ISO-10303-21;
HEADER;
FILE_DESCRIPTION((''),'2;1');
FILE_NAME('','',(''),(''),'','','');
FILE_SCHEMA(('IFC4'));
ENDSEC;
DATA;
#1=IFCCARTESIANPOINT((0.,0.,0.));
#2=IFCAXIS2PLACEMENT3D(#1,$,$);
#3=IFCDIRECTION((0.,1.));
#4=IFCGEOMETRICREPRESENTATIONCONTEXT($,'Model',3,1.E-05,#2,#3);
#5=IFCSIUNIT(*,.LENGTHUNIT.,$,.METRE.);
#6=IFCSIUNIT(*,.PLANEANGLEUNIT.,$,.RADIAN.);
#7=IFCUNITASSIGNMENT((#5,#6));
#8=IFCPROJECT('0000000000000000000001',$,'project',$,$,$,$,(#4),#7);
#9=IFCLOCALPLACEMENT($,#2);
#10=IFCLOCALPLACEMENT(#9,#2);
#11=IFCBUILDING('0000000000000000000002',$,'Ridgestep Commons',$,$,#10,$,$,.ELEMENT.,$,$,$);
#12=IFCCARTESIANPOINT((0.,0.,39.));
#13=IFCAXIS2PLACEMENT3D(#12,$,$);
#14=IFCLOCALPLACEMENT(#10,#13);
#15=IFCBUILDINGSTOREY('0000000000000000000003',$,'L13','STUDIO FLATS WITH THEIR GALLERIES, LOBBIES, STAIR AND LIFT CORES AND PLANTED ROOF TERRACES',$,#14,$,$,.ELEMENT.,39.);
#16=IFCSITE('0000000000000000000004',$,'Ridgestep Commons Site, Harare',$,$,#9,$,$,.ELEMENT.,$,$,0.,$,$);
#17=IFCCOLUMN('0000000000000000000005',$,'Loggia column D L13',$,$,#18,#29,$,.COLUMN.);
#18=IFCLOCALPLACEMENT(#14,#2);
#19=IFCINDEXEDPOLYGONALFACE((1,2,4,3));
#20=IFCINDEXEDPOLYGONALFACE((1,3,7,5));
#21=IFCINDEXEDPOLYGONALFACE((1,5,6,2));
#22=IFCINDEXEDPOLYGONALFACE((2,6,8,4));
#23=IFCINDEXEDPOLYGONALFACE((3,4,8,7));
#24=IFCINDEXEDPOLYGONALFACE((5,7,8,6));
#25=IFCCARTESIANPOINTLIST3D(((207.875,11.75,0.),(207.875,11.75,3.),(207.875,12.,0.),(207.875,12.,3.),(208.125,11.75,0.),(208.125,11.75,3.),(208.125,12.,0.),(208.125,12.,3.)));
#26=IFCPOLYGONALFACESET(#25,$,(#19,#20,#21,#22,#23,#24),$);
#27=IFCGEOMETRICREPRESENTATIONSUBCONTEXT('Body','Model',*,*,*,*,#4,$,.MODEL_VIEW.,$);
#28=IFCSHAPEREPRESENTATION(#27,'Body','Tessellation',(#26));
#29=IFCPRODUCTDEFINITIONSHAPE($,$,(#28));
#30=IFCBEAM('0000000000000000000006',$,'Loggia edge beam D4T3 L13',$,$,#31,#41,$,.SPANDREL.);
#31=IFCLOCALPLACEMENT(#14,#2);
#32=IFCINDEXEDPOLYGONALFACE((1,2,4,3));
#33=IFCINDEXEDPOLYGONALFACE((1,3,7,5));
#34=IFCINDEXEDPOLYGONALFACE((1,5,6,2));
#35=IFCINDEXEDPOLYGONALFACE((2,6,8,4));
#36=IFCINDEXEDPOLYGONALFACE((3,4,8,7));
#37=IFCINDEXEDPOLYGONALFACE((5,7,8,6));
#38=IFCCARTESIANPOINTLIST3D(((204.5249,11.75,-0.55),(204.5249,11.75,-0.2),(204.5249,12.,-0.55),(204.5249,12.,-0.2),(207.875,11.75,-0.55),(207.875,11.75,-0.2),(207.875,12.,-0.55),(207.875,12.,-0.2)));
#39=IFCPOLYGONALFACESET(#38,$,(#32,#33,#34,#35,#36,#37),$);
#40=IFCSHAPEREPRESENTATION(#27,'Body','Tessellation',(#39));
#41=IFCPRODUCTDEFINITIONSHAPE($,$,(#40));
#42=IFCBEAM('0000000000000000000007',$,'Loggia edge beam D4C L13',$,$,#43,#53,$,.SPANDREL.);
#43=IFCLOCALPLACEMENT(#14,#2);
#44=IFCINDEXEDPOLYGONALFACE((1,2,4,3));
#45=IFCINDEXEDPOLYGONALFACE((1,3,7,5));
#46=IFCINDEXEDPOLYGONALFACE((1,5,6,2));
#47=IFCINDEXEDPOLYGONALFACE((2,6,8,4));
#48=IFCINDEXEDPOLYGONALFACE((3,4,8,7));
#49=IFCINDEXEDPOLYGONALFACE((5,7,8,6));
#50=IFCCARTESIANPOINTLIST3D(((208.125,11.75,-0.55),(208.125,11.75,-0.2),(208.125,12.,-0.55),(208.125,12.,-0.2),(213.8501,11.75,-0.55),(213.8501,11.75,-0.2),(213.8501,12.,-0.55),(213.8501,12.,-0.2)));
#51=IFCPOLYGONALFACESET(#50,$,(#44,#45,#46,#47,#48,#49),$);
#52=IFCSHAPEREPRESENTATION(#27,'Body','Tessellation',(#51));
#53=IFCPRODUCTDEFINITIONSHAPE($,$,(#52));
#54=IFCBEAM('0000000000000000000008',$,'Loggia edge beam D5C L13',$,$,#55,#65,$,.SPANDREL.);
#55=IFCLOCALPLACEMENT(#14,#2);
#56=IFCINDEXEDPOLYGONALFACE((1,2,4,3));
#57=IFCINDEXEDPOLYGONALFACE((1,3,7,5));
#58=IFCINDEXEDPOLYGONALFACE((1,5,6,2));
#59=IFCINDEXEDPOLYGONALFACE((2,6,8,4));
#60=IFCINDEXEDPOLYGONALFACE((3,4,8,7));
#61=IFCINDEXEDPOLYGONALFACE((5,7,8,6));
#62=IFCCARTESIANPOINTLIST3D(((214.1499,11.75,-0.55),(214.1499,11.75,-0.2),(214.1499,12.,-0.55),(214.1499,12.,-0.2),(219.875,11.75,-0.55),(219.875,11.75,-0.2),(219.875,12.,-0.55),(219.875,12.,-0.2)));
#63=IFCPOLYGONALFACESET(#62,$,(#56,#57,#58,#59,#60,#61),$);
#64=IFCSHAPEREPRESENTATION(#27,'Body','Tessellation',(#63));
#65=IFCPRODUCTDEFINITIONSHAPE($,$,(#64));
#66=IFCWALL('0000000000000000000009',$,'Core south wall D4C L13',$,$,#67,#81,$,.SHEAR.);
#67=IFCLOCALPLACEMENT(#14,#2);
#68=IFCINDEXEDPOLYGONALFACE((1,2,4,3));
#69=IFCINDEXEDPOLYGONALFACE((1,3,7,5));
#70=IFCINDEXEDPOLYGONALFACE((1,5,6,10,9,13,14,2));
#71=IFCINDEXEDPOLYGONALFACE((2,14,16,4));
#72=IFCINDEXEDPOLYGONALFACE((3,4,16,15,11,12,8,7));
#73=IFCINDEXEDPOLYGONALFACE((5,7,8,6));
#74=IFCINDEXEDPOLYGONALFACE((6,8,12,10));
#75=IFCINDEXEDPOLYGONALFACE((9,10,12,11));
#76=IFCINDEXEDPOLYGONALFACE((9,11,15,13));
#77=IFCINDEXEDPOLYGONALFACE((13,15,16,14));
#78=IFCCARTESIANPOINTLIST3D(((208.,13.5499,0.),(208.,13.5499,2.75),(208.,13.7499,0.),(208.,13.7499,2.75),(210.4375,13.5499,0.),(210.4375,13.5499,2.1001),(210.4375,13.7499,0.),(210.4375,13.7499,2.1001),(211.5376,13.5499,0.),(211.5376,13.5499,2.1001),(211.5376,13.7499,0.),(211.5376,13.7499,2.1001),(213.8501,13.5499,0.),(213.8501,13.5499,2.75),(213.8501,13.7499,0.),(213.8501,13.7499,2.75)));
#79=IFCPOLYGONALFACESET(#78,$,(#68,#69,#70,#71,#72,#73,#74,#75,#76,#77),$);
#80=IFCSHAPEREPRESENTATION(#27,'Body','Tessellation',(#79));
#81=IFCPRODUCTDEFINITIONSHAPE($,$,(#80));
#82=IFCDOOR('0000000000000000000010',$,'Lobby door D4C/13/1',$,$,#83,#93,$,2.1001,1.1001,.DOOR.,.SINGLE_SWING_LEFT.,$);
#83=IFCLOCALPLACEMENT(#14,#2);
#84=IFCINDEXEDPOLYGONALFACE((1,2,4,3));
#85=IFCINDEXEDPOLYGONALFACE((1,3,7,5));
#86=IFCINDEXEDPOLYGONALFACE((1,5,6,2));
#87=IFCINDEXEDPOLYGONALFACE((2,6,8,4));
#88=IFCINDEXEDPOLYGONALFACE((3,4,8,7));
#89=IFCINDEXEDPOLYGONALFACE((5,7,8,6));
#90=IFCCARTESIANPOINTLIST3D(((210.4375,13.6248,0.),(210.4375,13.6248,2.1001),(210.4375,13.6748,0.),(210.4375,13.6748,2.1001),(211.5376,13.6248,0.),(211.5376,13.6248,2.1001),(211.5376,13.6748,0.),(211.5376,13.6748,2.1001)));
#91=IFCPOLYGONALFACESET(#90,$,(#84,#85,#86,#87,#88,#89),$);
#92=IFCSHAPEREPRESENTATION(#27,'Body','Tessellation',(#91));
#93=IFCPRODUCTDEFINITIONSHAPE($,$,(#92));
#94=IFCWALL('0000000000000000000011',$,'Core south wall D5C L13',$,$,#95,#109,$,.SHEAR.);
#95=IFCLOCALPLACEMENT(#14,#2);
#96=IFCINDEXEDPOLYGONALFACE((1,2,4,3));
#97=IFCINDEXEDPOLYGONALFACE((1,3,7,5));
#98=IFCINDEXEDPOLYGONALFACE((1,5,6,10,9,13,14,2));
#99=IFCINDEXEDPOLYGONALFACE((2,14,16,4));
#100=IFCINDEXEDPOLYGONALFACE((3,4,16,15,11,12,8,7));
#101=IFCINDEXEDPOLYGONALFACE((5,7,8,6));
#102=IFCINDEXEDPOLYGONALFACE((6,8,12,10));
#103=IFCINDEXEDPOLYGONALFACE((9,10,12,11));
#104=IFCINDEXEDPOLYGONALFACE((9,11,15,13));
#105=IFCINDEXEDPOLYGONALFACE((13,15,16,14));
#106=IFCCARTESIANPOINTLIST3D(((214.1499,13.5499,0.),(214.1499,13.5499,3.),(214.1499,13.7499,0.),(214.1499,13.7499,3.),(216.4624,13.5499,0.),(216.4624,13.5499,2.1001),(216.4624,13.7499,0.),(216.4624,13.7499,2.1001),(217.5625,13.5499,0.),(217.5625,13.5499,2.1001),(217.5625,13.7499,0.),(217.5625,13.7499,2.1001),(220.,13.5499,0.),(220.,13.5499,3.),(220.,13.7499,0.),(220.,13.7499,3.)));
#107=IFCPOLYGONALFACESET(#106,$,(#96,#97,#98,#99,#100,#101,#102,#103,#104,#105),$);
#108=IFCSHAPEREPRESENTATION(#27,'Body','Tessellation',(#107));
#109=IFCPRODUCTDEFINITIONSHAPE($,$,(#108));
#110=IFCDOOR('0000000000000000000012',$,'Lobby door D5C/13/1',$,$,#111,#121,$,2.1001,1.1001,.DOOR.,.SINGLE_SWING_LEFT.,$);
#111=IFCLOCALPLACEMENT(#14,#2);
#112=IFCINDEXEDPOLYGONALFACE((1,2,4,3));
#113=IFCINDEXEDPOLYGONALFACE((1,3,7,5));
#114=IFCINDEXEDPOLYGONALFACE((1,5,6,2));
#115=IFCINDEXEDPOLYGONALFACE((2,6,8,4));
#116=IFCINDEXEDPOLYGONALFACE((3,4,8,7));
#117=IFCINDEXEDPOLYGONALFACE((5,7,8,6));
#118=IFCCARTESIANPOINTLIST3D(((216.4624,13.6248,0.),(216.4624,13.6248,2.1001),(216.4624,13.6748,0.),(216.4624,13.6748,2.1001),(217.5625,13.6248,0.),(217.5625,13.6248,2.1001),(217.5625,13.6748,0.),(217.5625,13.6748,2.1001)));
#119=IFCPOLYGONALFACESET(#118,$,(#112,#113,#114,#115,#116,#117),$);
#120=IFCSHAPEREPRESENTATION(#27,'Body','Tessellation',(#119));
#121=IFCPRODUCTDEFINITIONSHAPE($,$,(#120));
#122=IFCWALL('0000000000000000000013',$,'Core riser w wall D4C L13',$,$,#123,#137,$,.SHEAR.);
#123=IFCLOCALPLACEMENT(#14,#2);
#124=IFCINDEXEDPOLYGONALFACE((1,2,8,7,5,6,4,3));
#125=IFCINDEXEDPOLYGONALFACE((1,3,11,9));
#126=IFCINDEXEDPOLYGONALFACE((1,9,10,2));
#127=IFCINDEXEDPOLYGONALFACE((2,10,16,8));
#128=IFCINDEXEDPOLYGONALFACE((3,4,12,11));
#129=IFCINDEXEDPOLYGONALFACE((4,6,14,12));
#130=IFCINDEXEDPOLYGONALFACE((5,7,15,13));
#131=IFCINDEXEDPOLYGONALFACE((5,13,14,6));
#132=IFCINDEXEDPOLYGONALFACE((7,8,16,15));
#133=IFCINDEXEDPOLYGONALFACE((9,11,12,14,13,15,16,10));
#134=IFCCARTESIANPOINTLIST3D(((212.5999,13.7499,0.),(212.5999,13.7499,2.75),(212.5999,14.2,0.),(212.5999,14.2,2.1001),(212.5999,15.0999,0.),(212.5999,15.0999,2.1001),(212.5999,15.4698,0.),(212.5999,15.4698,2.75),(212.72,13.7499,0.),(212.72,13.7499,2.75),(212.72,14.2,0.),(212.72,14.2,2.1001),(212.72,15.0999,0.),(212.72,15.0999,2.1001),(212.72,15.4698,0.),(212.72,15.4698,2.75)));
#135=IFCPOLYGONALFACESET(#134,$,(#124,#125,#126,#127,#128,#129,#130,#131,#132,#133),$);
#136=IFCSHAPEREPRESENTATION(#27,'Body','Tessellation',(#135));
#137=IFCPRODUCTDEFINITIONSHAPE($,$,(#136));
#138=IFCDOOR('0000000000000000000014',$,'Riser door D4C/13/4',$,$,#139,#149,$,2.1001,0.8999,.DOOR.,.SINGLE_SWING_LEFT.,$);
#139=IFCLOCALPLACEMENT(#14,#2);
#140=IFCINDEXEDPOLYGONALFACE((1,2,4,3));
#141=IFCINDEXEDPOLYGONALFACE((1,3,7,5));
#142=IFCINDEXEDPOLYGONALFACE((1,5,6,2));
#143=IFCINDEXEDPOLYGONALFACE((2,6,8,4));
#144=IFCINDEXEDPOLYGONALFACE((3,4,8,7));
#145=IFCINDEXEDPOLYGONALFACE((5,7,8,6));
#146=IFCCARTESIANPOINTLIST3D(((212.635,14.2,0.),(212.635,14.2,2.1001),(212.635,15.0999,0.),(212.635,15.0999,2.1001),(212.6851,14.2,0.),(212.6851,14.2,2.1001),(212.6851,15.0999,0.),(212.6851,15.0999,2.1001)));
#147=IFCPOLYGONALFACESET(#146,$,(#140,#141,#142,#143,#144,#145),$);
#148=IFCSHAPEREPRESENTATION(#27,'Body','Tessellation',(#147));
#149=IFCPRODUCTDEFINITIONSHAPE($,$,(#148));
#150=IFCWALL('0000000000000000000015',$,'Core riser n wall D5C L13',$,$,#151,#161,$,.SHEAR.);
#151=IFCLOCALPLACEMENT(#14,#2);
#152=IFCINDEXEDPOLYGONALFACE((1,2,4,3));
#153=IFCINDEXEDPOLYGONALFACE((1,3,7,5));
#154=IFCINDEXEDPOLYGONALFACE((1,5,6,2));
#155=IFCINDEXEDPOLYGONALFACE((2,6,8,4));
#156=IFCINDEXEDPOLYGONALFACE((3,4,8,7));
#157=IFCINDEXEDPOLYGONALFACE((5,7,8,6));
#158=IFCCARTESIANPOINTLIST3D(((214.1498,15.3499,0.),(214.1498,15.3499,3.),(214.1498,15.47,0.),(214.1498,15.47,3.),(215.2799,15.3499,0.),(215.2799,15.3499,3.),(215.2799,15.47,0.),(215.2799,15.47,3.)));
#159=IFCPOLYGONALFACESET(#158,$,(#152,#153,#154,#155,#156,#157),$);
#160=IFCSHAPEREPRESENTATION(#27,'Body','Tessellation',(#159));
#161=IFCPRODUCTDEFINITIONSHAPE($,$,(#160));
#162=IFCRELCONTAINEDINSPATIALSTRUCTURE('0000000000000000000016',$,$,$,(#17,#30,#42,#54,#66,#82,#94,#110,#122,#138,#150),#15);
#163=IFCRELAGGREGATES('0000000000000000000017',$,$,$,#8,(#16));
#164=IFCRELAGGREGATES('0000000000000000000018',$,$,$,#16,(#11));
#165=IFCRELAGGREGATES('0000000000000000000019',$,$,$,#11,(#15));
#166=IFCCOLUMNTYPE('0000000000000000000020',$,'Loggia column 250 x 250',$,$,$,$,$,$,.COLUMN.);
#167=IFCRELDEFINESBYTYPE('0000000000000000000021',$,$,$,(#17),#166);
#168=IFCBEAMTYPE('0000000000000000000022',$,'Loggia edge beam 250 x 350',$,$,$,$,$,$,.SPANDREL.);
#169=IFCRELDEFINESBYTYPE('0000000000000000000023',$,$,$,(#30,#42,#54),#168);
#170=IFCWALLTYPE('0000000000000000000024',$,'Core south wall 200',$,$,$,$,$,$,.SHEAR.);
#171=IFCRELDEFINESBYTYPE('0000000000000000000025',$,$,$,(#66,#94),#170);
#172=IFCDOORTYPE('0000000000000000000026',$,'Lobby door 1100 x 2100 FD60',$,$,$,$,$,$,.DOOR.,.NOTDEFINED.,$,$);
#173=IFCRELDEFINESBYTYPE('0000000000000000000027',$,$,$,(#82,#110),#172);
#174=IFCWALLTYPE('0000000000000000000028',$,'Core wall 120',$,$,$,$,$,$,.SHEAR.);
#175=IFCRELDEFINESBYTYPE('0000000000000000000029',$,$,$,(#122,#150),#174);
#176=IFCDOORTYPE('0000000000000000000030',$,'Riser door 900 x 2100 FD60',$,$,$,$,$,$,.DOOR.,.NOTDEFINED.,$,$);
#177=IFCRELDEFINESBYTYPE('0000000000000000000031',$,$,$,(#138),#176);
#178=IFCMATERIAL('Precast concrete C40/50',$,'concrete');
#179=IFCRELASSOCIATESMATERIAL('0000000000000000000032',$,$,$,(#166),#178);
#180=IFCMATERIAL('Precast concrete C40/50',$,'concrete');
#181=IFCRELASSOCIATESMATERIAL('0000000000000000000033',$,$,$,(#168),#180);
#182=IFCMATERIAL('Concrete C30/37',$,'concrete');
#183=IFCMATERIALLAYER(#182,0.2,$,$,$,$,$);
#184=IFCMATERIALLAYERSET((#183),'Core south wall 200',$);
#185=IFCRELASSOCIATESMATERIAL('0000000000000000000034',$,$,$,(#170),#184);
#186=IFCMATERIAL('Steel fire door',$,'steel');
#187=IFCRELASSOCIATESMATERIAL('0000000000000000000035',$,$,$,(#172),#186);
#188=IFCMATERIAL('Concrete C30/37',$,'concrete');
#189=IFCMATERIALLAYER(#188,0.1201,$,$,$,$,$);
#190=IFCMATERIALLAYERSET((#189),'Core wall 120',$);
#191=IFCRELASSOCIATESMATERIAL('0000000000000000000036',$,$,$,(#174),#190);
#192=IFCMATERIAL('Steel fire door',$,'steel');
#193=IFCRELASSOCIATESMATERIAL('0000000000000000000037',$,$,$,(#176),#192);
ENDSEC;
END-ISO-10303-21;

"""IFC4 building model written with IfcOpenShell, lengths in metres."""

from ifc_helpers import new_model, si_unit, direction, frame, frame_2d, origin, origin_2d, place, context, subcontext, project, spatial, rectangle, extrude, material, layer, layer_set, material_profile, profile_set, type_object, element, fill, save


model = new_model("IFC4")

# Units and contexts
model_context = context("Model", 3, precision=1e-05, world=origin(), true_north=direction((0.0, 1.0)))
body_context = subcontext(model_context, "Body", "Model", "MODEL_VIEW")
ifc_project = project(units=[si_unit("LENGTHUNIT", "METRE"), si_unit("PLANEANGLEUNIT", "RADIAN")], contexts=[model_context])

# Site, building, storey
site_placement = place(None, origin())
site = spatial("IfcSite", under=ifc_project, at=site_placement, Name="Ridgestep Commons Site, Harare", CompositionType="ELEMENT", RefElevation=0.0)
building_placement = place(site_placement, origin())
building = spatial("IfcBuilding", under=site, at=building_placement, Name="Ridgestep Commons", CompositionType="ELEMENT")
storey_placement = place(building_placement, frame((0.0, 0.0, 39.0)))
storey = spatial("IfcBuildingStorey", under=building, at=storey_placement, Name="L13", Description="STUDIO FLATS WITH THEIR GALLERIES, LOBBIES, STAIR AND LIFT CORES AND PLANTED ROOF TERRACES", CompositionType="ELEMENT", Elevation=39.0)

# Column
ifc_material_1 = material(Name="Precast concrete C40/50", Category="concrete")
ifc_material_profile_1 = material_profile(ifc_material_1, rectangle(XDim=0.25, YDim=0.25, at=origin_2d()), Name="PC 250x250")
ifc_profile_set_1 = profile_set([ifc_material_profile_1], Name="Precast concrete C40/50")
column_type = type_object("IfcColumnType", Name="Loggia column 250 x 250", PredefinedType="COLUMN", material=ifc_profile_set_1)
column_placement = place(storey_placement, frame((208.0, 11.875, 0.0), z_axis=(0.0, 0.0, 1.0), x_axis=(1.0, 0.0, 0.0)))
element("IfcColumn", 1, at=column_placement, inside=storey, type_object=column_type, Name="Loggia column D L13", PredefinedType="COLUMN", context=body_context, shape_type="SweptSolid", body=[
    extrude(rectangle(XDim=0.25, YDim=0.25, at=origin_2d()), origin(), (0.0, 0.0, 1.0), 3.0),
])

# Beams
ifc_material_2 = material(Name="Precast concrete C40/50", Category="concrete")
ifc_material_profile_2 = material_profile(ifc_material_2, rectangle(XDim=0.25, YDim=0.3501, at=origin_2d()), Name="PC 250x350")
ifc_profile_set_2 = profile_set([ifc_material_profile_2], Name="Precast concrete C40/50")
beam_type = type_object("IfcBeamType", Name="Loggia edge beam 250 x 350", PredefinedType="SPANDREL", material=ifc_profile_set_2)
beam_placement = place(storey_placement, frame((204.5249, 11.875, -0.375), z_axis=(1.0, 0.0, 0.0), x_axis=(0.0, 1.0, 0.0)))
element("IfcBeam", 2, at=beam_placement, inside=storey, type_object=beam_type, Name="Loggia edge beam D4T3 L13", PredefinedType="SPANDREL", context=body_context, shape_type="SweptSolid", body=[
    extrude(rectangle(XDim=0.25, YDim=0.3501, at=origin_2d()), origin(), (0.0, 0.0, 1.0), 3.3501),
])
for number, where, z_axis, x_axis, name in (
    (3, (208.125, 11.875, -0.375), (1.0, 0.0, 0.0), (0.0, 1.0, 0.0), "Loggia edge beam D4C L13"),
    (4, (214.1499, 11.875, -0.375), (1.0, 0.0, 0.0), (0.0, 1.0, 0.0), "Loggia edge beam D5C L13"),
):
    element("IfcBeam", number, at=place(storey_placement, frame(where, z_axis=z_axis, x_axis=x_axis)), inside=storey, type_object=beam_type, Name=name, PredefinedType="SPANDREL", context=body_context, shape_type="SweptSolid", body=[
        extrude(rectangle(XDim=0.25, YDim=0.3501, at=origin_2d()), origin(), (0.0, 0.0, 1.0), 5.7251),
    ])

# Walls, openings, doors
ifc_material_3 = material(Name="Concrete C30/37", Category="concrete")
ifc_layer_1 = layer(ifc_material_3, 0.2)
ifc_layer_set_1 = layer_set([ifc_layer_1], Name="Core south wall 200")
wall_type_1 = type_object("IfcWallType", Name="Core south wall 200", PredefinedType="SHEAR", material=ifc_layer_set_1)
wall_1_placement = place(storey_placement, frame((208.0, 13.6499, 0.0), z_axis=(0.0, 0.0, 1.0), x_axis=(1.0, 0.0, 0.0)))
wall_1 = element("IfcWall", 5, at=wall_1_placement, inside=storey, type_object=wall_type_1, Name="Core south wall D4C L13", PredefinedType="SHEAR", context=body_context, shape_type="SweptSolid", body=[
    extrude(rectangle(XDim=5.8501, YDim=0.2, at=frame_2d((2.925, 0.0))), origin(), (0.0, 0.0, 1.0), 2.75),
])
opening_1_placement = place(wall_1_placement, frame((2.4375, 0.0, 0.0)))
opening_1 = element("IfcOpeningElement", 6, at=opening_1_placement, cuts=wall_1, PredefinedType="OPENING", context=body_context, shape_type="SweptSolid", body=[
    extrude(rectangle(XDim=1.1001, YDim=2.1001, at=frame_2d((0.55, 1.05))), frame((0.0, 0.1099, 0.0), z_axis=(0.0, -1.0, 0.0), x_axis=(1.0, 0.0, 0.0)), (0.0, 0.0, 1.0), 0.22),
])
ifc_material_4 = material(Name="Steel fire door", Category="steel")
door_type_1 = type_object("IfcDoorType", Name="Lobby door 1100 x 2100 FD60", OperationType="NOTDEFINED", PredefinedType="DOOR", material=ifc_material_4)
door_1_placement = place(opening_1_placement, origin())
door_1 = element("IfcDoor", 7, at=door_1_placement, inside=storey, type_object=door_type_1, Name="Lobby door D4C/13/1", OperationType="SINGLE_SWING_LEFT", OverallHeight=2.1001, OverallWidth=1.1001, PredefinedType="DOOR", context=body_context, shape_type="SweptSolid", body=[
    extrude(rectangle(XDim=1.1001, YDim=2.1001, at=frame_2d((0.55, 1.05))), frame((0.0, 0.0249, 0.0), z_axis=(0.0, -1.0, 0.0), x_axis=(1.0, 0.0, 0.0)), (0.0, 0.0, 1.0), 0.05),
])
fill(opening_1, door_1)
wall_2_placement = place(storey_placement, frame((214.1499, 13.6499, 0.0), z_axis=(0.0, 0.0, 1.0), x_axis=(1.0, 0.0, 0.0)))
wall_2 = element("IfcWall", 8, at=wall_2_placement, inside=storey, type_object=wall_type_1, Name="Core south wall D5C L13", PredefinedType="SHEAR", context=body_context, shape_type="SweptSolid", body=[
    extrude(rectangle(XDim=5.8501, YDim=0.2, at=frame_2d((2.925, 0.0))), origin(), (0.0, 0.0, 1.0), 3.0),
])
opening_2_placement = place(wall_2_placement, frame((2.3125, 0.0, 0.0)))
opening_2 = element("IfcOpeningElement", 9, at=opening_2_placement, cuts=wall_2, PredefinedType="OPENING", context=body_context, shape_type="SweptSolid", body=[
    extrude(rectangle(XDim=1.1001, YDim=2.1001, at=frame_2d((0.55, 1.05))), frame((0.0, 0.1099, 0.0), z_axis=(0.0, -1.0, 0.0), x_axis=(1.0, 0.0, 0.0)), (0.0, 0.0, 1.0), 0.22),
])
door_2_placement = place(opening_2_placement, origin())
door_2 = element("IfcDoor", 10, at=door_2_placement, inside=storey, type_object=door_type_1, Name="Lobby door D5C/13/1", OperationType="SINGLE_SWING_LEFT", OverallHeight=2.1001, OverallWidth=1.1001, PredefinedType="DOOR", context=body_context, shape_type="SweptSolid", body=[
    extrude(rectangle(XDim=1.1001, YDim=2.1001, at=frame_2d((0.55, 1.05))), frame((0.0, 0.0249, 0.0), z_axis=(0.0, -1.0, 0.0), x_axis=(1.0, 0.0, 0.0)), (0.0, 0.0, 1.0), 0.05),
])
fill(opening_2, door_2)
ifc_material_5 = material(Name="Concrete C30/37", Category="concrete")
ifc_layer_2 = layer(ifc_material_5, 0.1201)
ifc_layer_set_2 = layer_set([ifc_layer_2], Name="Core wall 120")
wall_type_2 = type_object("IfcWallType", Name="Core wall 120", PredefinedType="SHEAR", material=ifc_layer_set_2)
wall_3_placement = place(storey_placement, frame((212.6599, 13.75, 0.0), z_axis=(0.0, 0.0, 1.0), x_axis=(0.0, 1.0, 0.0)))
wall_3 = element("IfcWall", 11, at=wall_3_placement, inside=storey, type_object=wall_type_2, Name="Core riser w wall D4C L13", PredefinedType="SHEAR", context=body_context, shape_type="SweptSolid", body=[
    extrude(rectangle(XDim=1.72, YDim=0.1201, at=frame_2d((0.8599, 0.0))), origin(), (0.0, 0.0, 1.0), 2.75),
])
opening_3_placement = place(wall_3_placement, frame((0.45, 0.0, 0.0)))
opening_3 = element("IfcOpeningElement", 12, at=opening_3_placement, cuts=wall_3, PredefinedType="OPENING", context=body_context, shape_type="SweptSolid", body=[
    extrude(rectangle(XDim=0.8999, YDim=2.1001, at=frame_2d((0.45, 1.05))), frame((0.0, 0.0701, 0.0), z_axis=(0.0, -1.0, 0.0), x_axis=(1.0, 0.0, 0.0)), (0.0, 0.0, 1.0), 0.1401),
])
ifc_material_6 = material(Name="Steel fire door", Category="steel")
door_type_2 = type_object("IfcDoorType", Name="Riser door 900 x 2100 FD60", OperationType="NOTDEFINED", PredefinedType="DOOR", material=ifc_material_6)
door_3_placement = place(opening_3_placement, origin())
door_3 = element("IfcDoor", 13, at=door_3_placement, inside=storey, type_object=door_type_2, Name="Riser door D4C/13/4", OperationType="SINGLE_SWING_LEFT", OverallHeight=2.1001, OverallWidth=0.8999, PredefinedType="DOOR", context=body_context, shape_type="SweptSolid", body=[
    extrude(rectangle(XDim=0.8999, YDim=2.1001, at=frame_2d((0.45, 1.05))), frame((0.0, 0.0249, 0.0), z_axis=(0.0, -1.0, 0.0), x_axis=(1.0, 0.0, 0.0)), (0.0, 0.0, 1.0), 0.05),
])
fill(opening_3, door_3)

# Wall
wall_4_placement = place(storey_placement, frame((214.1499, 15.4099, 0.0), z_axis=(0.0, 0.0, 1.0), x_axis=(1.0, 0.0, 0.0)))
element("IfcWall", 14, at=wall_4_placement, inside=storey, type_object=wall_type_2, Name="Core riser n wall D5C L13", PredefinedType="SHEAR", context=body_context, shape_type="SweptSolid", body=[
    extrude(rectangle(XDim=1.1301, YDim=0.1201, at=frame_2d((0.5649, 0.0))), origin(), (0.0, 0.0, 1.0), 3.0),
])

save(model, "model.ifc")
